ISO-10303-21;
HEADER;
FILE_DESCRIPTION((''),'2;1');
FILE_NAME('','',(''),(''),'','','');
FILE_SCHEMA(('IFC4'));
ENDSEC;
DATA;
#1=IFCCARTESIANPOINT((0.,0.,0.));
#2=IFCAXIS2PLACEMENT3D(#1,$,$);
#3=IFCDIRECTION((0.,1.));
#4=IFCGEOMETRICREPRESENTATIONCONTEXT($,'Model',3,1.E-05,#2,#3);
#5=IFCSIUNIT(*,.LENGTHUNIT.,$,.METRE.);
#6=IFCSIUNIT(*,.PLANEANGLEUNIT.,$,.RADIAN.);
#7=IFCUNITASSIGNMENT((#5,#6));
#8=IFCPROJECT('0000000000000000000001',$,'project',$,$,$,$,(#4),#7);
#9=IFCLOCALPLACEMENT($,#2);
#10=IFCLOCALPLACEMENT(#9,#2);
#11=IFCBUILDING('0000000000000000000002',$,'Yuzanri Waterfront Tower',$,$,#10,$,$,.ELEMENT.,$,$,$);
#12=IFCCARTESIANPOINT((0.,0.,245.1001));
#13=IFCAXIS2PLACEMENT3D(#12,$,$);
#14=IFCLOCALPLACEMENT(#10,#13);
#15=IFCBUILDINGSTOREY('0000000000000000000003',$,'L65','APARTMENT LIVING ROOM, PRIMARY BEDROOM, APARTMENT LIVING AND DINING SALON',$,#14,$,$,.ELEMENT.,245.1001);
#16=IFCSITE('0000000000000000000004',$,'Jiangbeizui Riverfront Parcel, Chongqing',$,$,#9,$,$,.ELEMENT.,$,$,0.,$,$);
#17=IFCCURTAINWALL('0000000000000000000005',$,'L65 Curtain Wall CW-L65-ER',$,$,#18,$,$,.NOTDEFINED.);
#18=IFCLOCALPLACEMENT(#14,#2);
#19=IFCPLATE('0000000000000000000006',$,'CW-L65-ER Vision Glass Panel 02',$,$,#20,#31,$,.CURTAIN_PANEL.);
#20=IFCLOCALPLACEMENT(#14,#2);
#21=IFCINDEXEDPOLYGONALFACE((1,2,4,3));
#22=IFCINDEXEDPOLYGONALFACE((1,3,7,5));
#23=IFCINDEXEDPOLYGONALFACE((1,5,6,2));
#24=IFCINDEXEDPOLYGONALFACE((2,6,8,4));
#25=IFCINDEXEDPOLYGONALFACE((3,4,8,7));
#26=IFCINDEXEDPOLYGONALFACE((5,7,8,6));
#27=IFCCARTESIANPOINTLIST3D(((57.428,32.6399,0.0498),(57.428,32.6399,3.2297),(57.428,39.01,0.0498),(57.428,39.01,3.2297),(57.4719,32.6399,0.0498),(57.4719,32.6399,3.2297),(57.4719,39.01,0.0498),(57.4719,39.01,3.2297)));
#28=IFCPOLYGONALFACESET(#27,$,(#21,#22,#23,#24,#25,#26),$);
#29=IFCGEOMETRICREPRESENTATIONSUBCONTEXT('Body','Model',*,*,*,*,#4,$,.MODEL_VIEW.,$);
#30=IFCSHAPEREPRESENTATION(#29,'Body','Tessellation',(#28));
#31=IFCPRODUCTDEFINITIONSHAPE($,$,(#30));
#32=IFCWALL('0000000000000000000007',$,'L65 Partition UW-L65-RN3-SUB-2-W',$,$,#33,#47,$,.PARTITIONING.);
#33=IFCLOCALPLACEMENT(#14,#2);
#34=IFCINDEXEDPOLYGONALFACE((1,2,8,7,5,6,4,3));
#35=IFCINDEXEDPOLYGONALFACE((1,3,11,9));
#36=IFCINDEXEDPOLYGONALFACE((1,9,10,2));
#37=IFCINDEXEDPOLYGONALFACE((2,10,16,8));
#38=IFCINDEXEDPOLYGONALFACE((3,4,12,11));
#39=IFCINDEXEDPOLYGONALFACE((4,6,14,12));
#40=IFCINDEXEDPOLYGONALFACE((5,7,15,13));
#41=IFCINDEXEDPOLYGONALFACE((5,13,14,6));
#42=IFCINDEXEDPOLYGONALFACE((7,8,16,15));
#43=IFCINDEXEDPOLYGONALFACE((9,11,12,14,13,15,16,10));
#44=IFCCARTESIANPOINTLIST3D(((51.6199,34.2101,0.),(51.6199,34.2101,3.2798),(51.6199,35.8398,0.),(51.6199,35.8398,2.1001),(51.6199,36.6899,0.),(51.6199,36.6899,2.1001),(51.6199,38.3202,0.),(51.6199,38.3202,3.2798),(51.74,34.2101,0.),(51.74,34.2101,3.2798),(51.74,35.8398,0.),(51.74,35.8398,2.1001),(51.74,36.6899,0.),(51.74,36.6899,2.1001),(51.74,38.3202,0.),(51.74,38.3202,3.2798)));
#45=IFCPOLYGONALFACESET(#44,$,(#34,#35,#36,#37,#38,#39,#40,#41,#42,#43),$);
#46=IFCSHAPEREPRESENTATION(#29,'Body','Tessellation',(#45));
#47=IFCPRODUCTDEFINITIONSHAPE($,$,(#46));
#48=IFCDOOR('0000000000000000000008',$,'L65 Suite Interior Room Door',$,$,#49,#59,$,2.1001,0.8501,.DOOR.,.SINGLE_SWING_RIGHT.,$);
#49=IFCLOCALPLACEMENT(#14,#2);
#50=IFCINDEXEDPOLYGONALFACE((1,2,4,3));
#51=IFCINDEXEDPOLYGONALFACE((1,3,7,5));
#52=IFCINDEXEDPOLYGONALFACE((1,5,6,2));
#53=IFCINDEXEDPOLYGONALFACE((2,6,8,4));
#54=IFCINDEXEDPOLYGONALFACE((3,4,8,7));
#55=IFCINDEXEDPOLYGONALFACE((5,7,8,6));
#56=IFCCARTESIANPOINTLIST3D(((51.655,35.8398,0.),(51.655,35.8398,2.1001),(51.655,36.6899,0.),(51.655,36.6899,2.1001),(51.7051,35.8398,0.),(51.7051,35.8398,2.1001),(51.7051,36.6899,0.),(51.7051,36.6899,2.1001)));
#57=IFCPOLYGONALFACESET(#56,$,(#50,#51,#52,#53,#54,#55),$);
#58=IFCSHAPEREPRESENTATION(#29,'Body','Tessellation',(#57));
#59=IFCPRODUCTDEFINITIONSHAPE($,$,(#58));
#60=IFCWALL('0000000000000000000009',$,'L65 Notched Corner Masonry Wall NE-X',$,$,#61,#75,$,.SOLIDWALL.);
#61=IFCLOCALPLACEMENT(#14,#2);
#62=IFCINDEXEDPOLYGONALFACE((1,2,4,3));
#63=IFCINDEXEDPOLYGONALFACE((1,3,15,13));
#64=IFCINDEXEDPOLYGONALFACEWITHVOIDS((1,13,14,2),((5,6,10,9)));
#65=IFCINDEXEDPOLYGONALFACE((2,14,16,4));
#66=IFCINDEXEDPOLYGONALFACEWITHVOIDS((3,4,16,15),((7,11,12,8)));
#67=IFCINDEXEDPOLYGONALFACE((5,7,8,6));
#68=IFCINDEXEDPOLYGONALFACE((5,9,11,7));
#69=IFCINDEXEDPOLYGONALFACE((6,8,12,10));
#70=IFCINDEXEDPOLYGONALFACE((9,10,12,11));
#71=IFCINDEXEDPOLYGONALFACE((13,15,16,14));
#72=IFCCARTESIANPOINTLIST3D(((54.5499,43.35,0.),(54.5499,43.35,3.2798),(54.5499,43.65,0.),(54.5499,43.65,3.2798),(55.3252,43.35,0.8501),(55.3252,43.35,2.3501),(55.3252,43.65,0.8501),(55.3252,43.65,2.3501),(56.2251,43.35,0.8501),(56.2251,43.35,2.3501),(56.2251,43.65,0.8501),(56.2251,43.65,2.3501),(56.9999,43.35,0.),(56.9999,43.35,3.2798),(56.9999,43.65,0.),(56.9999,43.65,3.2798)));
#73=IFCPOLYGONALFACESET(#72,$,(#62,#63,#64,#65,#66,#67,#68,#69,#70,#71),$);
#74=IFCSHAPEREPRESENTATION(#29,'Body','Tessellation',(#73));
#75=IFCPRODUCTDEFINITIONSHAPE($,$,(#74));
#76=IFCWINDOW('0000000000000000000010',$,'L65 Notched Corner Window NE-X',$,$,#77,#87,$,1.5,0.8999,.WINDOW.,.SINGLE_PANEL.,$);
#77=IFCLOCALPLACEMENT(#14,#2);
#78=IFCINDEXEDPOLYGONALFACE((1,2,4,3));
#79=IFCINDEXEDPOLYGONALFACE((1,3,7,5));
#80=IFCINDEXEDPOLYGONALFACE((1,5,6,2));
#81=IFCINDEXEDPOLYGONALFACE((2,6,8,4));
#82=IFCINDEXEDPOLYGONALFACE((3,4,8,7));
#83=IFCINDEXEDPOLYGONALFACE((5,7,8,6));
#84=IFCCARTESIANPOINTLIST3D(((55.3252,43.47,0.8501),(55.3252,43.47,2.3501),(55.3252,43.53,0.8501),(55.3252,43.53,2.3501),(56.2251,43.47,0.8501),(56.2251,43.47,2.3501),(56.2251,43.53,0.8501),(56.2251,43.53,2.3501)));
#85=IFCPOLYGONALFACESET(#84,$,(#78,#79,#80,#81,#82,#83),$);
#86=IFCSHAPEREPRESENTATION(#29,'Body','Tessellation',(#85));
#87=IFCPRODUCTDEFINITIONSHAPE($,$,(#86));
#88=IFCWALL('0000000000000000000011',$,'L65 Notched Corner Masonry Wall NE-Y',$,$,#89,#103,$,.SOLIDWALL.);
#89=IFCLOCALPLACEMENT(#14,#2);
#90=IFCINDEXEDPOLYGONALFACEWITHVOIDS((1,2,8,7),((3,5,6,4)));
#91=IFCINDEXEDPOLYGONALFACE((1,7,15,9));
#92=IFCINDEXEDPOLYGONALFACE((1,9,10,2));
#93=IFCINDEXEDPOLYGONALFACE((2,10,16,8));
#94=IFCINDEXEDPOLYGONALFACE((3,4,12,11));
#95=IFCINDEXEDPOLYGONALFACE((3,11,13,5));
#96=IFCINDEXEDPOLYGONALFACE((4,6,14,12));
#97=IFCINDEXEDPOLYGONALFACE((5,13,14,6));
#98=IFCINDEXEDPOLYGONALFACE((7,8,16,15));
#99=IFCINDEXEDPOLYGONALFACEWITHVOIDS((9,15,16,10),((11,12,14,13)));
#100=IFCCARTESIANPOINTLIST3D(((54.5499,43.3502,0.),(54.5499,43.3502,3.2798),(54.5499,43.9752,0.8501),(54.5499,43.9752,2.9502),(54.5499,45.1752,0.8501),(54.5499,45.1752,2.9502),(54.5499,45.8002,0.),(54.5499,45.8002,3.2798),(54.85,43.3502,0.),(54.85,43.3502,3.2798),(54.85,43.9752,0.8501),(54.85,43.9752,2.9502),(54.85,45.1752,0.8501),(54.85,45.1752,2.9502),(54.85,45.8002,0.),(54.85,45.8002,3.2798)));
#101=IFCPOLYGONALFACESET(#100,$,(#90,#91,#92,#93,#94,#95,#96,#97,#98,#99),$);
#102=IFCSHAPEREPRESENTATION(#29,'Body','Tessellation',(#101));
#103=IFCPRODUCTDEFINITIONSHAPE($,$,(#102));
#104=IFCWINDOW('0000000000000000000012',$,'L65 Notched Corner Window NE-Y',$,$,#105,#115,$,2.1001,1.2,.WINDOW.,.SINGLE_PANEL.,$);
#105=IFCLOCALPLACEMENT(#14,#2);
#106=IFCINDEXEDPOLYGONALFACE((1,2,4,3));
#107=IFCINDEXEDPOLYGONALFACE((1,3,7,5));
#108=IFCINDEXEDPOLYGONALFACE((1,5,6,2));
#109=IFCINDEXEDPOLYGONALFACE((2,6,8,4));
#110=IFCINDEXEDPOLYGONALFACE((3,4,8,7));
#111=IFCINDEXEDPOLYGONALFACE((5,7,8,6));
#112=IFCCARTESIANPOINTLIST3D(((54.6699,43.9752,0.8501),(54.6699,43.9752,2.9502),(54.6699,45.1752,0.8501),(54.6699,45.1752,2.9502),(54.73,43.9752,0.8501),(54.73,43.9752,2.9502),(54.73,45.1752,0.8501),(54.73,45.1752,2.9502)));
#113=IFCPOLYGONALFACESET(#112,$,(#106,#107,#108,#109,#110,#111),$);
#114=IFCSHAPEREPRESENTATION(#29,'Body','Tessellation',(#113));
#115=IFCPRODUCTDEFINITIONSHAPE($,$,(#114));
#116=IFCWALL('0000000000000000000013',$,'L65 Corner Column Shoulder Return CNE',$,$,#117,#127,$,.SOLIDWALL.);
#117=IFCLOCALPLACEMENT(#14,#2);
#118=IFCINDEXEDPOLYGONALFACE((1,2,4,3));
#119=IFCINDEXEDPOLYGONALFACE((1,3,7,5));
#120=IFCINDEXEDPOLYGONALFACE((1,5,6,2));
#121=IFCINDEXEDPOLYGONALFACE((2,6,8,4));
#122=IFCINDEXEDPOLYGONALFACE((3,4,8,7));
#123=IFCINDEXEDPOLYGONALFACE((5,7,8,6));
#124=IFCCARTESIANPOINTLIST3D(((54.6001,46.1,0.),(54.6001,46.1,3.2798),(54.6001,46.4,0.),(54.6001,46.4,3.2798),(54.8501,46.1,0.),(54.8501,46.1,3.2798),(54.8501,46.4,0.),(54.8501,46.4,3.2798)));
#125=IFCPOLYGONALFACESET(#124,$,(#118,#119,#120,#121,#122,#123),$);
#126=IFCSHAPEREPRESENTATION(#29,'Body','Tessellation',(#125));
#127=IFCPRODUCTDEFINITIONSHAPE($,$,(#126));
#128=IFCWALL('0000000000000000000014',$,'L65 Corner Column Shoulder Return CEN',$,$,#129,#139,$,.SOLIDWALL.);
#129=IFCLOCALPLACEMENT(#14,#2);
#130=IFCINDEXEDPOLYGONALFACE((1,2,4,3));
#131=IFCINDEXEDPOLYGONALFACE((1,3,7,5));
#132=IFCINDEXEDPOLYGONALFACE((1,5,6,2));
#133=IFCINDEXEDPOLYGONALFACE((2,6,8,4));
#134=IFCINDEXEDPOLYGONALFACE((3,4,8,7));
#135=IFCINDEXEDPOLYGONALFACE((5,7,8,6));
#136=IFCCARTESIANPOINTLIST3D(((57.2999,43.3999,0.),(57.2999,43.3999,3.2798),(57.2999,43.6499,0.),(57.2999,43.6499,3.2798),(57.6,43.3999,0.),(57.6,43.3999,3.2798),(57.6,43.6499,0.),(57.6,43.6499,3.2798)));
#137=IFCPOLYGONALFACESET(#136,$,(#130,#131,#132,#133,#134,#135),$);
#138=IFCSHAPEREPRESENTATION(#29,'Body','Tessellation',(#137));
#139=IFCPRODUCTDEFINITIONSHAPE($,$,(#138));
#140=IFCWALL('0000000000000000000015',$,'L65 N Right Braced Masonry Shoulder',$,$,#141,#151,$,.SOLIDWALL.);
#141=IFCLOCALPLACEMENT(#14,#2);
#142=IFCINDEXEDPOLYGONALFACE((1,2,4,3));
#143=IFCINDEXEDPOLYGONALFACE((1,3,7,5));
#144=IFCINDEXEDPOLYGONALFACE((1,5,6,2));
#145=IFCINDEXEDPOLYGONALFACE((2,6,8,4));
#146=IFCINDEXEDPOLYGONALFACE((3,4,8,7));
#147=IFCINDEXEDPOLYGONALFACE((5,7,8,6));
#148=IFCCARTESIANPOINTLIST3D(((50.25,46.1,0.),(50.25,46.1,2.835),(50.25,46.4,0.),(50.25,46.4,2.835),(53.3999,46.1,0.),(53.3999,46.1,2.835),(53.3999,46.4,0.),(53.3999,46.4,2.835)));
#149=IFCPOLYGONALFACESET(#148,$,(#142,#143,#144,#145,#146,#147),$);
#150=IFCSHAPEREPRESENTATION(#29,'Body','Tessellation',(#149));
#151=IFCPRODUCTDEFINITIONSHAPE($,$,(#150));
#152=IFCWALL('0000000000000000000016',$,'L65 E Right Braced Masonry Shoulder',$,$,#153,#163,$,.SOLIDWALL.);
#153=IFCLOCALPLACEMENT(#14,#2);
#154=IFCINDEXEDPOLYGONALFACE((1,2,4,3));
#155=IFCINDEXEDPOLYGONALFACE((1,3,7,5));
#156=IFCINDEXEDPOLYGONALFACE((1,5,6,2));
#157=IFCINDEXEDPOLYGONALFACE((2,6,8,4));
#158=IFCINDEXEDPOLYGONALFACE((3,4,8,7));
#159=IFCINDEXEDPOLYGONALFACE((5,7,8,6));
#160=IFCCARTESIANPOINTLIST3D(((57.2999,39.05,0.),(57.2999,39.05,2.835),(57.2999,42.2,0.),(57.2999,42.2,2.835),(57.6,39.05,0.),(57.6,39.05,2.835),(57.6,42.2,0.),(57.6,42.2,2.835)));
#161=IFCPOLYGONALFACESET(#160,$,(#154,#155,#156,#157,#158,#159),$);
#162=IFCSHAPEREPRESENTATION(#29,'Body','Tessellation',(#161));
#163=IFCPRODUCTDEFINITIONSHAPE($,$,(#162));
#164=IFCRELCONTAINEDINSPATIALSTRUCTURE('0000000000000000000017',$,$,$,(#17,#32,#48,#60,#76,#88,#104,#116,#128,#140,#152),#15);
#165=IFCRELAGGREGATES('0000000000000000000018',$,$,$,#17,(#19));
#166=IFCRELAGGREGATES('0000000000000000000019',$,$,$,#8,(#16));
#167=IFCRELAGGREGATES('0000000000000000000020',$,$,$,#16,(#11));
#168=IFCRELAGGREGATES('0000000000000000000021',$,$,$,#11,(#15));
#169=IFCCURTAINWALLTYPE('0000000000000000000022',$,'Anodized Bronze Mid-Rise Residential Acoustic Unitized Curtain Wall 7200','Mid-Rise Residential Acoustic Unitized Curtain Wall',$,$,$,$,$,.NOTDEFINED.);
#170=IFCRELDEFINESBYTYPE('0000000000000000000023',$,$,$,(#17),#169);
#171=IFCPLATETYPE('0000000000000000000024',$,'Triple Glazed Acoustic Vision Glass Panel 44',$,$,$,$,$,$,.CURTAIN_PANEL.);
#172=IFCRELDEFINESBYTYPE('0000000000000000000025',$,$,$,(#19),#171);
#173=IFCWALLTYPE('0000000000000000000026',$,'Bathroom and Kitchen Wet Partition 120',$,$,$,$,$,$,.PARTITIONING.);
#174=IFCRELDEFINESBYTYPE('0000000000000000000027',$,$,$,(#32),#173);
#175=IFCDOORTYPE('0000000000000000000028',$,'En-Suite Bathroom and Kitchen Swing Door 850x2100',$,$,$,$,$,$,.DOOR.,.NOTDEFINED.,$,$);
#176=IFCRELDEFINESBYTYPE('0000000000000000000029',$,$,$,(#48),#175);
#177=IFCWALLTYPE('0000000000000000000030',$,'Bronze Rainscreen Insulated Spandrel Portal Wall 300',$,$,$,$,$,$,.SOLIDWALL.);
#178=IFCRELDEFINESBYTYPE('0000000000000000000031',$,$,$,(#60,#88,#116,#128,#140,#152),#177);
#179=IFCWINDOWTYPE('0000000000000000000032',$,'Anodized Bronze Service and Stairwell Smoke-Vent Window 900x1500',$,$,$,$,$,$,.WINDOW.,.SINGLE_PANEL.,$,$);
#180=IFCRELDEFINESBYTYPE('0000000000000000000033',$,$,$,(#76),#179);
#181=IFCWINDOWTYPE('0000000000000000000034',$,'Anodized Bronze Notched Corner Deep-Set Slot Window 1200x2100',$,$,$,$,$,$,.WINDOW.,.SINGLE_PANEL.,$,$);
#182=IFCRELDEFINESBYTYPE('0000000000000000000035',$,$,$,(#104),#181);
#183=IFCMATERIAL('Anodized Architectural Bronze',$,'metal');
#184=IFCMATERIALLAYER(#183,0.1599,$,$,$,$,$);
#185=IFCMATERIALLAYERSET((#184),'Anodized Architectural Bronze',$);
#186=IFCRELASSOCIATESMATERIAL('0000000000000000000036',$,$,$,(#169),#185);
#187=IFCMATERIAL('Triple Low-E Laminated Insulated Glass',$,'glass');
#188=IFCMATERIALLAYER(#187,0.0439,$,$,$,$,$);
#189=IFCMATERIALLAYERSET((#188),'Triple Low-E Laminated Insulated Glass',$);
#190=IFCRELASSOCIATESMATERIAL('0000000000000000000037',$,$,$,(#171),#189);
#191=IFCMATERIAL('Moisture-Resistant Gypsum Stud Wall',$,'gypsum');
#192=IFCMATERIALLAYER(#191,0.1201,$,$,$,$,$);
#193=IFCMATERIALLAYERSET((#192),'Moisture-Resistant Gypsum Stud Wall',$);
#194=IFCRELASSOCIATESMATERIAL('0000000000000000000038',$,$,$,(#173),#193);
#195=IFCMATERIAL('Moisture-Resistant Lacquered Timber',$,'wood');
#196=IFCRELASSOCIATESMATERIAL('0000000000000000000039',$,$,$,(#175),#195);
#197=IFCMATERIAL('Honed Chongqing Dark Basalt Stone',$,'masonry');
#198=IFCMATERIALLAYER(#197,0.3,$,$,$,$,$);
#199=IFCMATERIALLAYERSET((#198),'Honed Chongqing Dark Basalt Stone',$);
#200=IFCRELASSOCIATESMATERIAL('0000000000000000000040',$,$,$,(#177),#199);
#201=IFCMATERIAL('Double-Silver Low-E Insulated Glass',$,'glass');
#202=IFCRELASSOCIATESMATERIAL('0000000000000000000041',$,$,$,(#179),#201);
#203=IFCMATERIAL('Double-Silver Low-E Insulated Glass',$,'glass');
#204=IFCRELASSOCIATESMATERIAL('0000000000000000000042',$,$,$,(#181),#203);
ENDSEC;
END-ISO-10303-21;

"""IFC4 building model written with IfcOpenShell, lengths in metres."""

from ifc_helpers import new_model, si_unit, direction, frame, frame_2d, origin, origin_2d, place, context, subcontext, project, spatial, rectangle, extrude, source, transform, mapped, material, layer, layer_set, type_object, element, fill, aggregate, save


model = new_model("IFC4")

# Units and contexts
model_context = context("Model", 3, precision=1e-05, world=origin(), true_north=direction((0.0, 1.0)))
body_context = subcontext(model_context, "Body", "Model", "MODEL_VIEW")
ifc_project = project(units=[si_unit("LENGTHUNIT", "METRE"), si_unit("PLANEANGLEUNIT", "RADIAN")], contexts=[model_context])

# Site, building, storey
site_placement = place(None, origin())
site = spatial("IfcSite", under=ifc_project, at=site_placement, Name="Jiangbeizui Riverfront Parcel, Chongqing", CompositionType="ELEMENT", RefElevation=0.0)
building_placement = place(site_placement, origin())
building = spatial("IfcBuilding", under=site, at=building_placement, Name="Yuzanri Waterfront Tower", CompositionType="ELEMENT")
storey_placement = place(building_placement, frame((0.0, 0.0, 245.1001)))
storey = spatial("IfcBuildingStorey", under=building, at=storey_placement, Name="L65", Description="APARTMENT LIVING ROOM, PRIMARY BEDROOM, APARTMENT LIVING AND DINING SALON", CompositionType="ELEMENT", Elevation=245.1001)

# Curtain wall
ifc_material_1 = material(Name="Anodized Architectural Bronze", Category="metal")
ifc_layer_1 = layer(ifc_material_1, 0.1599)
ifc_layer_set_1 = layer_set([ifc_layer_1], Name="Anodized Architectural Bronze")
curtain_wall_type = type_object("IfcCurtainWallType", Name="Anodized Bronze Mid-Rise Residential Acoustic Unitized Curtain Wall 7200", Description="Mid-Rise Residential Acoustic Unitized Curtain Wall", PredefinedType="NOTDEFINED", material=ifc_layer_set_1)
curtain_wall_1_placement = place(storey_placement, origin())
curtain_wall_1 = element("IfcCurtainWall", 1, at=curtain_wall_1_placement, inside=storey, type_object=curtain_wall_type, Name="L65 Curtain Wall CW-L65-ER", PredefinedType="NOTDEFINED")

# Plate
ifc_material_2 = material(Name="Triple Low-E Laminated Insulated Glass", Category="glass")
ifc_layer_2 = layer(ifc_material_2, 0.0439)
ifc_layer_set_2 = layer_set([ifc_layer_2], Name="Triple Low-E Laminated Insulated Glass")
plate_type_1 = type_object("IfcPlateType", Name="Triple Glazed Acoustic Vision Glass Panel 44", PredefinedType="CURTAIN_PANEL", material=ifc_layer_set_2)
shared_shape_1 = source(origin(), body_context, "Body", "SweptSolid", [
    extrude(rectangle(XDim=6.3701, YDim=0.0439, at=origin_2d()), origin(), (0.0, 0.0, 1.0), 3.1799),
])
plate_placement = place(storey_placement, frame((57.45, 35.825, 0.0498), z_axis=(0.0, 0.0, 1.0), x_axis=(0.0, 1.0, 0.0)))
plate = element("IfcPlate", 2, at=plate_placement, type_object=plate_type_1, Name="CW-L65-ER Vision Glass Panel 02", PredefinedType="CURTAIN_PANEL", context=body_context, shape_type="MappedRepresentation", body=[
    mapped(shared_shape_1, transform((0.0, 0.0, 0.0), scale=1.0)),
])
aggregate(curtain_wall_1, [plate])

# Wall, opening, door
ifc_material_3 = material(Name="Moisture-Resistant Gypsum Stud Wall", Category="gypsum")
ifc_layer_3 = layer(ifc_material_3, 0.1201)
ifc_layer_set_3 = layer_set([ifc_layer_3], Name="Moisture-Resistant Gypsum Stud Wall")
wall_type_1 = type_object("IfcWallType", Name="Bathroom and Kitchen Wet Partition 120", PredefinedType="PARTITIONING", material=ifc_layer_set_3)
wall_1_placement = place(storey_placement, frame((51.6799, 34.21, 0.0), z_axis=(0.0, 0.0, 1.0), x_axis=(0.0, 1.0, 0.0)))
wall_1 = element("IfcWall", 3, at=wall_1_placement, inside=storey, type_object=wall_type_1, Name="L65 Partition UW-L65-RN3-SUB-2-W", PredefinedType="PARTITIONING", context=body_context, shape_type="SweptSolid", body=[
    extrude(rectangle(XDim=4.1101, YDim=0.1201, at=frame_2d((2.0552, 0.0))), origin(), (0.0, 0.0, 1.0), 3.2798),
])
opening_1_placement = place(wall_1_placement, frame((1.6299, 0.0, 0.0)))
opening_1 = element("IfcOpeningElement", 4, at=opening_1_placement, cuts=wall_1, PredefinedType="OPENING", context=body_context, shape_type="SweptSolid", body=[
    extrude(rectangle(XDim=0.8501, YDim=2.1001, at=frame_2d((0.425, 1.05))), frame((0.0, 0.075, 0.0), z_axis=(0.0, -1.0, 0.0), x_axis=(1.0, 0.0, 0.0)), (0.0, 0.0, 1.0), 0.1499),
])
ifc_material_4 = material(Name="Moisture-Resistant Lacquered Timber", Category="wood")
door_type = type_object("IfcDoorType", Name="En-Suite Bathroom and Kitchen Swing Door 850x2100", OperationType="NOTDEFINED", PredefinedType="DOOR", material=ifc_material_4)
shared_shape_2 = source(origin(), body_context, "Body", "SweptSolid", [
    extrude(rectangle(XDim=0.8501, YDim=2.1001, at=frame_2d((0.425, 1.05))), frame((0.0, 0.0249, 0.0), z_axis=(0.0, -1.0, 0.0), x_axis=(1.0, 0.0, 0.0)), (0.0, 0.0, 1.0), 0.05),
])
door_placement = place(opening_1_placement, origin())
door = element("IfcDoor", 5, at=door_placement, inside=storey, type_object=door_type, Name="L65 Suite Interior Room Door", OperationType="SINGLE_SWING_RIGHT", OverallHeight=2.1001, OverallWidth=0.8501, PredefinedType="DOOR", context=body_context, shape_type="MappedRepresentation", body=[
    mapped(shared_shape_2, transform((0.0, 0.0, 0.0), scale=1.0)),
])
fill(opening_1, door)

# Walls, openings, windows
ifc_material_5 = material(Name="Honed Chongqing Dark Basalt Stone", Category="masonry")
ifc_layer_4 = layer(ifc_material_5, 0.3)
ifc_layer_set_4 = layer_set([ifc_layer_4], Name="Honed Chongqing Dark Basalt Stone")
wall_type_2 = type_object("IfcWallType", Name="Bronze Rainscreen Insulated Spandrel Portal Wall 300", PredefinedType="SOLIDWALL", material=ifc_layer_set_4)
wall_2_placement = place(storey_placement, frame((57.0, 43.5, 0.0), z_axis=(0.0, 0.0, 1.0), x_axis=(-1.0, 0.0, 0.0)))
wall_2 = element("IfcWall", 6, at=wall_2_placement, inside=storey, type_object=wall_type_2, Name="L65 Notched Corner Masonry Wall NE-X", PredefinedType="SOLIDWALL", context=body_context, shape_type="SweptSolid", body=[
    extrude(rectangle(XDim=2.45, YDim=0.3, at=frame_2d((1.2251, 0.0))), origin(), (0.0, 0.0, 1.0), 3.2798),
])
opening_2_placement = place(wall_2_placement, frame((0.7749, 0.0, 0.8501)))
opening_2 = element("IfcOpeningElement", 7, at=opening_2_placement, cuts=wall_2, PredefinedType="OPENING", context=body_context, shape_type="SweptSolid", body=[
    extrude(rectangle(XDim=0.8999, YDim=1.5, at=frame_2d((0.45, 0.75))), frame((0.0, 0.165, 0.0), z_axis=(0.0, -1.0, 0.0), x_axis=(1.0, 0.0, 0.0)), (0.0, 0.0, 1.0), 0.3298),
])
ifc_material_6 = material(Name="Double-Silver Low-E Insulated Glass", Category="glass")
window_type_1 = type_object("IfcWindowType", Name="Anodized Bronze Service and Stairwell Smoke-Vent Window 900x1500", PartitioningType="SINGLE_PANEL", PredefinedType="WINDOW", material=ifc_material_6)
shared_shape_3 = source(origin(), body_context, "Body", "SweptSolid", [
    extrude(rectangle(XDim=0.8999, YDim=1.5, at=frame_2d((0.45, 0.75))), frame((0.0, 0.03, 0.0), z_axis=(0.0, -1.0, 0.0), x_axis=(1.0, 0.0, 0.0)), (0.0, 0.0, 1.0), 0.0601),
])
window_1_placement = place(opening_2_placement, origin())
window_1 = element("IfcWindow", 8, at=window_1_placement, inside=storey, type_object=window_type_1, Name="L65 Notched Corner Window NE-X", OverallHeight=1.5, OverallWidth=0.8999, PartitioningType="SINGLE_PANEL", PredefinedType="WINDOW", context=body_context, shape_type="MappedRepresentation", body=[
    mapped(shared_shape_3, transform((0.0, 0.0, 0.0), scale=1.0)),
])
fill(opening_2, window_1)
wall_3_placement = place(storey_placement, frame((54.7, 43.3501, 0.0), z_axis=(0.0, 0.0, 1.0), x_axis=(0.0, 1.0, 0.0)))
wall_3 = element("IfcWall", 9, at=wall_3_placement, inside=storey, type_object=wall_type_2, Name="L65 Notched Corner Masonry Wall NE-Y", PredefinedType="SOLIDWALL", context=body_context, shape_type="SweptSolid", body=[
    extrude(rectangle(XDim=2.45, YDim=0.3, at=frame_2d((1.2251, 0.0))), origin(), (0.0, 0.0, 1.0), 3.2798),
])
opening_3_placement = place(wall_3_placement, frame((0.625, 0.0, 0.8501)))
opening_3 = element("IfcOpeningElement", 10, at=opening_3_placement, cuts=wall_3, PredefinedType="OPENING", context=body_context, shape_type="SweptSolid", body=[
    extrude(rectangle(XDim=1.2, YDim=2.1001, at=frame_2d((0.6001, 1.05))), frame((0.0, 0.165, 0.0), z_axis=(0.0, -1.0, 0.0), x_axis=(1.0, 0.0, 0.0)), (0.0, 0.0, 1.0), 0.3298),
])
ifc_material_7 = material(Name="Double-Silver Low-E Insulated Glass", Category="glass")
window_type_2 = type_object("IfcWindowType", Name="Anodized Bronze Notched Corner Deep-Set Slot Window 1200x2100", PartitioningType="SINGLE_PANEL", PredefinedType="WINDOW", material=ifc_material_7)
shared_shape_4 = source(origin(), body_context, "Body", "SweptSolid", [
    extrude(rectangle(XDim=1.2, YDim=2.1001, at=frame_2d((0.6001, 1.05))), frame((0.0, 0.03, 0.0), z_axis=(0.0, -1.0, 0.0), x_axis=(1.0, 0.0, 0.0)), (0.0, 0.0, 1.0), 0.0601),
])
window_2_placement = place(opening_3_placement, origin())
window_2 = element("IfcWindow", 11, at=window_2_placement, inside=storey, type_object=window_type_2, Name="L65 Notched Corner Window NE-Y", OverallHeight=2.1001, OverallWidth=1.2, PartitioningType="SINGLE_PANEL", PredefinedType="WINDOW", context=body_context, shape_type="MappedRepresentation", body=[
    mapped(shared_shape_4, transform((0.0, 0.0, 0.0), scale=1.0)),
])
fill(opening_3, window_2)

# Walls
shared_shape_5 = source(origin(), body_context, "Body", "SweptSolid", [
    extrude(rectangle(XDim=0.25, YDim=0.3, at=frame_2d((0.125, 0.0))), origin(), (0.0, 0.0, 1.0), 3.2798),
])
for number, where, z_axis, x_axis, name in (
    (12, (54.6001, 46.25, 0.0), (0.0, 0.0, 1.0), (1.0, 0.0, 0.0), "L65 Corner Column Shoulder Return CNE"),
    (13, (57.45, 43.3999, 0.0), (0.0, 0.0, 1.0), (0.0, 1.0, 0.0), "L65 Corner Column Shoulder Return CEN"),
):
    element("IfcWall", number, at=place(storey_placement, frame(where, z_axis=z_axis, x_axis=x_axis)), inside=storey, type_object=wall_type_2, Name=name, PredefinedType="SOLIDWALL", context=body_context, shape_type="MappedRepresentation", body=[
        mapped(shared_shape_5, transform((0.0, 0.0, 0.0), scale=1.0)),
    ])
shared_shape_6 = source(origin(), body_context, "Body", "SweptSolid", [
    extrude(rectangle(XDim=3.1499, YDim=0.3, at=frame_2d((1.575, 0.0))), origin(), (0.0, 0.0, 1.0), 2.835),
])
for number, where, z_axis, x_axis, name in (
    (14, (50.25, 46.25, 0.0), (0.0, 0.0, 1.0), (1.0, 0.0, 0.0), "L65 N Right Braced Masonry Shoulder"),
    (15, (57.45, 39.05, 0.0), (0.0, 0.0, 1.0), (0.0, 1.0, 0.0), "L65 E Right Braced Masonry Shoulder"),
):
    element("IfcWall", number, at=place(storey_placement, frame(where, z_axis=z_axis, x_axis=x_axis)), inside=storey, type_object=wall_type_2, Name=name, PredefinedType="SOLIDWALL", context=body_context, shape_type="MappedRepresentation", body=[
        mapped(shared_shape_6, transform((0.0, 0.0, 0.0), scale=1.0)),
    ])

save(model, "model.ifc")
